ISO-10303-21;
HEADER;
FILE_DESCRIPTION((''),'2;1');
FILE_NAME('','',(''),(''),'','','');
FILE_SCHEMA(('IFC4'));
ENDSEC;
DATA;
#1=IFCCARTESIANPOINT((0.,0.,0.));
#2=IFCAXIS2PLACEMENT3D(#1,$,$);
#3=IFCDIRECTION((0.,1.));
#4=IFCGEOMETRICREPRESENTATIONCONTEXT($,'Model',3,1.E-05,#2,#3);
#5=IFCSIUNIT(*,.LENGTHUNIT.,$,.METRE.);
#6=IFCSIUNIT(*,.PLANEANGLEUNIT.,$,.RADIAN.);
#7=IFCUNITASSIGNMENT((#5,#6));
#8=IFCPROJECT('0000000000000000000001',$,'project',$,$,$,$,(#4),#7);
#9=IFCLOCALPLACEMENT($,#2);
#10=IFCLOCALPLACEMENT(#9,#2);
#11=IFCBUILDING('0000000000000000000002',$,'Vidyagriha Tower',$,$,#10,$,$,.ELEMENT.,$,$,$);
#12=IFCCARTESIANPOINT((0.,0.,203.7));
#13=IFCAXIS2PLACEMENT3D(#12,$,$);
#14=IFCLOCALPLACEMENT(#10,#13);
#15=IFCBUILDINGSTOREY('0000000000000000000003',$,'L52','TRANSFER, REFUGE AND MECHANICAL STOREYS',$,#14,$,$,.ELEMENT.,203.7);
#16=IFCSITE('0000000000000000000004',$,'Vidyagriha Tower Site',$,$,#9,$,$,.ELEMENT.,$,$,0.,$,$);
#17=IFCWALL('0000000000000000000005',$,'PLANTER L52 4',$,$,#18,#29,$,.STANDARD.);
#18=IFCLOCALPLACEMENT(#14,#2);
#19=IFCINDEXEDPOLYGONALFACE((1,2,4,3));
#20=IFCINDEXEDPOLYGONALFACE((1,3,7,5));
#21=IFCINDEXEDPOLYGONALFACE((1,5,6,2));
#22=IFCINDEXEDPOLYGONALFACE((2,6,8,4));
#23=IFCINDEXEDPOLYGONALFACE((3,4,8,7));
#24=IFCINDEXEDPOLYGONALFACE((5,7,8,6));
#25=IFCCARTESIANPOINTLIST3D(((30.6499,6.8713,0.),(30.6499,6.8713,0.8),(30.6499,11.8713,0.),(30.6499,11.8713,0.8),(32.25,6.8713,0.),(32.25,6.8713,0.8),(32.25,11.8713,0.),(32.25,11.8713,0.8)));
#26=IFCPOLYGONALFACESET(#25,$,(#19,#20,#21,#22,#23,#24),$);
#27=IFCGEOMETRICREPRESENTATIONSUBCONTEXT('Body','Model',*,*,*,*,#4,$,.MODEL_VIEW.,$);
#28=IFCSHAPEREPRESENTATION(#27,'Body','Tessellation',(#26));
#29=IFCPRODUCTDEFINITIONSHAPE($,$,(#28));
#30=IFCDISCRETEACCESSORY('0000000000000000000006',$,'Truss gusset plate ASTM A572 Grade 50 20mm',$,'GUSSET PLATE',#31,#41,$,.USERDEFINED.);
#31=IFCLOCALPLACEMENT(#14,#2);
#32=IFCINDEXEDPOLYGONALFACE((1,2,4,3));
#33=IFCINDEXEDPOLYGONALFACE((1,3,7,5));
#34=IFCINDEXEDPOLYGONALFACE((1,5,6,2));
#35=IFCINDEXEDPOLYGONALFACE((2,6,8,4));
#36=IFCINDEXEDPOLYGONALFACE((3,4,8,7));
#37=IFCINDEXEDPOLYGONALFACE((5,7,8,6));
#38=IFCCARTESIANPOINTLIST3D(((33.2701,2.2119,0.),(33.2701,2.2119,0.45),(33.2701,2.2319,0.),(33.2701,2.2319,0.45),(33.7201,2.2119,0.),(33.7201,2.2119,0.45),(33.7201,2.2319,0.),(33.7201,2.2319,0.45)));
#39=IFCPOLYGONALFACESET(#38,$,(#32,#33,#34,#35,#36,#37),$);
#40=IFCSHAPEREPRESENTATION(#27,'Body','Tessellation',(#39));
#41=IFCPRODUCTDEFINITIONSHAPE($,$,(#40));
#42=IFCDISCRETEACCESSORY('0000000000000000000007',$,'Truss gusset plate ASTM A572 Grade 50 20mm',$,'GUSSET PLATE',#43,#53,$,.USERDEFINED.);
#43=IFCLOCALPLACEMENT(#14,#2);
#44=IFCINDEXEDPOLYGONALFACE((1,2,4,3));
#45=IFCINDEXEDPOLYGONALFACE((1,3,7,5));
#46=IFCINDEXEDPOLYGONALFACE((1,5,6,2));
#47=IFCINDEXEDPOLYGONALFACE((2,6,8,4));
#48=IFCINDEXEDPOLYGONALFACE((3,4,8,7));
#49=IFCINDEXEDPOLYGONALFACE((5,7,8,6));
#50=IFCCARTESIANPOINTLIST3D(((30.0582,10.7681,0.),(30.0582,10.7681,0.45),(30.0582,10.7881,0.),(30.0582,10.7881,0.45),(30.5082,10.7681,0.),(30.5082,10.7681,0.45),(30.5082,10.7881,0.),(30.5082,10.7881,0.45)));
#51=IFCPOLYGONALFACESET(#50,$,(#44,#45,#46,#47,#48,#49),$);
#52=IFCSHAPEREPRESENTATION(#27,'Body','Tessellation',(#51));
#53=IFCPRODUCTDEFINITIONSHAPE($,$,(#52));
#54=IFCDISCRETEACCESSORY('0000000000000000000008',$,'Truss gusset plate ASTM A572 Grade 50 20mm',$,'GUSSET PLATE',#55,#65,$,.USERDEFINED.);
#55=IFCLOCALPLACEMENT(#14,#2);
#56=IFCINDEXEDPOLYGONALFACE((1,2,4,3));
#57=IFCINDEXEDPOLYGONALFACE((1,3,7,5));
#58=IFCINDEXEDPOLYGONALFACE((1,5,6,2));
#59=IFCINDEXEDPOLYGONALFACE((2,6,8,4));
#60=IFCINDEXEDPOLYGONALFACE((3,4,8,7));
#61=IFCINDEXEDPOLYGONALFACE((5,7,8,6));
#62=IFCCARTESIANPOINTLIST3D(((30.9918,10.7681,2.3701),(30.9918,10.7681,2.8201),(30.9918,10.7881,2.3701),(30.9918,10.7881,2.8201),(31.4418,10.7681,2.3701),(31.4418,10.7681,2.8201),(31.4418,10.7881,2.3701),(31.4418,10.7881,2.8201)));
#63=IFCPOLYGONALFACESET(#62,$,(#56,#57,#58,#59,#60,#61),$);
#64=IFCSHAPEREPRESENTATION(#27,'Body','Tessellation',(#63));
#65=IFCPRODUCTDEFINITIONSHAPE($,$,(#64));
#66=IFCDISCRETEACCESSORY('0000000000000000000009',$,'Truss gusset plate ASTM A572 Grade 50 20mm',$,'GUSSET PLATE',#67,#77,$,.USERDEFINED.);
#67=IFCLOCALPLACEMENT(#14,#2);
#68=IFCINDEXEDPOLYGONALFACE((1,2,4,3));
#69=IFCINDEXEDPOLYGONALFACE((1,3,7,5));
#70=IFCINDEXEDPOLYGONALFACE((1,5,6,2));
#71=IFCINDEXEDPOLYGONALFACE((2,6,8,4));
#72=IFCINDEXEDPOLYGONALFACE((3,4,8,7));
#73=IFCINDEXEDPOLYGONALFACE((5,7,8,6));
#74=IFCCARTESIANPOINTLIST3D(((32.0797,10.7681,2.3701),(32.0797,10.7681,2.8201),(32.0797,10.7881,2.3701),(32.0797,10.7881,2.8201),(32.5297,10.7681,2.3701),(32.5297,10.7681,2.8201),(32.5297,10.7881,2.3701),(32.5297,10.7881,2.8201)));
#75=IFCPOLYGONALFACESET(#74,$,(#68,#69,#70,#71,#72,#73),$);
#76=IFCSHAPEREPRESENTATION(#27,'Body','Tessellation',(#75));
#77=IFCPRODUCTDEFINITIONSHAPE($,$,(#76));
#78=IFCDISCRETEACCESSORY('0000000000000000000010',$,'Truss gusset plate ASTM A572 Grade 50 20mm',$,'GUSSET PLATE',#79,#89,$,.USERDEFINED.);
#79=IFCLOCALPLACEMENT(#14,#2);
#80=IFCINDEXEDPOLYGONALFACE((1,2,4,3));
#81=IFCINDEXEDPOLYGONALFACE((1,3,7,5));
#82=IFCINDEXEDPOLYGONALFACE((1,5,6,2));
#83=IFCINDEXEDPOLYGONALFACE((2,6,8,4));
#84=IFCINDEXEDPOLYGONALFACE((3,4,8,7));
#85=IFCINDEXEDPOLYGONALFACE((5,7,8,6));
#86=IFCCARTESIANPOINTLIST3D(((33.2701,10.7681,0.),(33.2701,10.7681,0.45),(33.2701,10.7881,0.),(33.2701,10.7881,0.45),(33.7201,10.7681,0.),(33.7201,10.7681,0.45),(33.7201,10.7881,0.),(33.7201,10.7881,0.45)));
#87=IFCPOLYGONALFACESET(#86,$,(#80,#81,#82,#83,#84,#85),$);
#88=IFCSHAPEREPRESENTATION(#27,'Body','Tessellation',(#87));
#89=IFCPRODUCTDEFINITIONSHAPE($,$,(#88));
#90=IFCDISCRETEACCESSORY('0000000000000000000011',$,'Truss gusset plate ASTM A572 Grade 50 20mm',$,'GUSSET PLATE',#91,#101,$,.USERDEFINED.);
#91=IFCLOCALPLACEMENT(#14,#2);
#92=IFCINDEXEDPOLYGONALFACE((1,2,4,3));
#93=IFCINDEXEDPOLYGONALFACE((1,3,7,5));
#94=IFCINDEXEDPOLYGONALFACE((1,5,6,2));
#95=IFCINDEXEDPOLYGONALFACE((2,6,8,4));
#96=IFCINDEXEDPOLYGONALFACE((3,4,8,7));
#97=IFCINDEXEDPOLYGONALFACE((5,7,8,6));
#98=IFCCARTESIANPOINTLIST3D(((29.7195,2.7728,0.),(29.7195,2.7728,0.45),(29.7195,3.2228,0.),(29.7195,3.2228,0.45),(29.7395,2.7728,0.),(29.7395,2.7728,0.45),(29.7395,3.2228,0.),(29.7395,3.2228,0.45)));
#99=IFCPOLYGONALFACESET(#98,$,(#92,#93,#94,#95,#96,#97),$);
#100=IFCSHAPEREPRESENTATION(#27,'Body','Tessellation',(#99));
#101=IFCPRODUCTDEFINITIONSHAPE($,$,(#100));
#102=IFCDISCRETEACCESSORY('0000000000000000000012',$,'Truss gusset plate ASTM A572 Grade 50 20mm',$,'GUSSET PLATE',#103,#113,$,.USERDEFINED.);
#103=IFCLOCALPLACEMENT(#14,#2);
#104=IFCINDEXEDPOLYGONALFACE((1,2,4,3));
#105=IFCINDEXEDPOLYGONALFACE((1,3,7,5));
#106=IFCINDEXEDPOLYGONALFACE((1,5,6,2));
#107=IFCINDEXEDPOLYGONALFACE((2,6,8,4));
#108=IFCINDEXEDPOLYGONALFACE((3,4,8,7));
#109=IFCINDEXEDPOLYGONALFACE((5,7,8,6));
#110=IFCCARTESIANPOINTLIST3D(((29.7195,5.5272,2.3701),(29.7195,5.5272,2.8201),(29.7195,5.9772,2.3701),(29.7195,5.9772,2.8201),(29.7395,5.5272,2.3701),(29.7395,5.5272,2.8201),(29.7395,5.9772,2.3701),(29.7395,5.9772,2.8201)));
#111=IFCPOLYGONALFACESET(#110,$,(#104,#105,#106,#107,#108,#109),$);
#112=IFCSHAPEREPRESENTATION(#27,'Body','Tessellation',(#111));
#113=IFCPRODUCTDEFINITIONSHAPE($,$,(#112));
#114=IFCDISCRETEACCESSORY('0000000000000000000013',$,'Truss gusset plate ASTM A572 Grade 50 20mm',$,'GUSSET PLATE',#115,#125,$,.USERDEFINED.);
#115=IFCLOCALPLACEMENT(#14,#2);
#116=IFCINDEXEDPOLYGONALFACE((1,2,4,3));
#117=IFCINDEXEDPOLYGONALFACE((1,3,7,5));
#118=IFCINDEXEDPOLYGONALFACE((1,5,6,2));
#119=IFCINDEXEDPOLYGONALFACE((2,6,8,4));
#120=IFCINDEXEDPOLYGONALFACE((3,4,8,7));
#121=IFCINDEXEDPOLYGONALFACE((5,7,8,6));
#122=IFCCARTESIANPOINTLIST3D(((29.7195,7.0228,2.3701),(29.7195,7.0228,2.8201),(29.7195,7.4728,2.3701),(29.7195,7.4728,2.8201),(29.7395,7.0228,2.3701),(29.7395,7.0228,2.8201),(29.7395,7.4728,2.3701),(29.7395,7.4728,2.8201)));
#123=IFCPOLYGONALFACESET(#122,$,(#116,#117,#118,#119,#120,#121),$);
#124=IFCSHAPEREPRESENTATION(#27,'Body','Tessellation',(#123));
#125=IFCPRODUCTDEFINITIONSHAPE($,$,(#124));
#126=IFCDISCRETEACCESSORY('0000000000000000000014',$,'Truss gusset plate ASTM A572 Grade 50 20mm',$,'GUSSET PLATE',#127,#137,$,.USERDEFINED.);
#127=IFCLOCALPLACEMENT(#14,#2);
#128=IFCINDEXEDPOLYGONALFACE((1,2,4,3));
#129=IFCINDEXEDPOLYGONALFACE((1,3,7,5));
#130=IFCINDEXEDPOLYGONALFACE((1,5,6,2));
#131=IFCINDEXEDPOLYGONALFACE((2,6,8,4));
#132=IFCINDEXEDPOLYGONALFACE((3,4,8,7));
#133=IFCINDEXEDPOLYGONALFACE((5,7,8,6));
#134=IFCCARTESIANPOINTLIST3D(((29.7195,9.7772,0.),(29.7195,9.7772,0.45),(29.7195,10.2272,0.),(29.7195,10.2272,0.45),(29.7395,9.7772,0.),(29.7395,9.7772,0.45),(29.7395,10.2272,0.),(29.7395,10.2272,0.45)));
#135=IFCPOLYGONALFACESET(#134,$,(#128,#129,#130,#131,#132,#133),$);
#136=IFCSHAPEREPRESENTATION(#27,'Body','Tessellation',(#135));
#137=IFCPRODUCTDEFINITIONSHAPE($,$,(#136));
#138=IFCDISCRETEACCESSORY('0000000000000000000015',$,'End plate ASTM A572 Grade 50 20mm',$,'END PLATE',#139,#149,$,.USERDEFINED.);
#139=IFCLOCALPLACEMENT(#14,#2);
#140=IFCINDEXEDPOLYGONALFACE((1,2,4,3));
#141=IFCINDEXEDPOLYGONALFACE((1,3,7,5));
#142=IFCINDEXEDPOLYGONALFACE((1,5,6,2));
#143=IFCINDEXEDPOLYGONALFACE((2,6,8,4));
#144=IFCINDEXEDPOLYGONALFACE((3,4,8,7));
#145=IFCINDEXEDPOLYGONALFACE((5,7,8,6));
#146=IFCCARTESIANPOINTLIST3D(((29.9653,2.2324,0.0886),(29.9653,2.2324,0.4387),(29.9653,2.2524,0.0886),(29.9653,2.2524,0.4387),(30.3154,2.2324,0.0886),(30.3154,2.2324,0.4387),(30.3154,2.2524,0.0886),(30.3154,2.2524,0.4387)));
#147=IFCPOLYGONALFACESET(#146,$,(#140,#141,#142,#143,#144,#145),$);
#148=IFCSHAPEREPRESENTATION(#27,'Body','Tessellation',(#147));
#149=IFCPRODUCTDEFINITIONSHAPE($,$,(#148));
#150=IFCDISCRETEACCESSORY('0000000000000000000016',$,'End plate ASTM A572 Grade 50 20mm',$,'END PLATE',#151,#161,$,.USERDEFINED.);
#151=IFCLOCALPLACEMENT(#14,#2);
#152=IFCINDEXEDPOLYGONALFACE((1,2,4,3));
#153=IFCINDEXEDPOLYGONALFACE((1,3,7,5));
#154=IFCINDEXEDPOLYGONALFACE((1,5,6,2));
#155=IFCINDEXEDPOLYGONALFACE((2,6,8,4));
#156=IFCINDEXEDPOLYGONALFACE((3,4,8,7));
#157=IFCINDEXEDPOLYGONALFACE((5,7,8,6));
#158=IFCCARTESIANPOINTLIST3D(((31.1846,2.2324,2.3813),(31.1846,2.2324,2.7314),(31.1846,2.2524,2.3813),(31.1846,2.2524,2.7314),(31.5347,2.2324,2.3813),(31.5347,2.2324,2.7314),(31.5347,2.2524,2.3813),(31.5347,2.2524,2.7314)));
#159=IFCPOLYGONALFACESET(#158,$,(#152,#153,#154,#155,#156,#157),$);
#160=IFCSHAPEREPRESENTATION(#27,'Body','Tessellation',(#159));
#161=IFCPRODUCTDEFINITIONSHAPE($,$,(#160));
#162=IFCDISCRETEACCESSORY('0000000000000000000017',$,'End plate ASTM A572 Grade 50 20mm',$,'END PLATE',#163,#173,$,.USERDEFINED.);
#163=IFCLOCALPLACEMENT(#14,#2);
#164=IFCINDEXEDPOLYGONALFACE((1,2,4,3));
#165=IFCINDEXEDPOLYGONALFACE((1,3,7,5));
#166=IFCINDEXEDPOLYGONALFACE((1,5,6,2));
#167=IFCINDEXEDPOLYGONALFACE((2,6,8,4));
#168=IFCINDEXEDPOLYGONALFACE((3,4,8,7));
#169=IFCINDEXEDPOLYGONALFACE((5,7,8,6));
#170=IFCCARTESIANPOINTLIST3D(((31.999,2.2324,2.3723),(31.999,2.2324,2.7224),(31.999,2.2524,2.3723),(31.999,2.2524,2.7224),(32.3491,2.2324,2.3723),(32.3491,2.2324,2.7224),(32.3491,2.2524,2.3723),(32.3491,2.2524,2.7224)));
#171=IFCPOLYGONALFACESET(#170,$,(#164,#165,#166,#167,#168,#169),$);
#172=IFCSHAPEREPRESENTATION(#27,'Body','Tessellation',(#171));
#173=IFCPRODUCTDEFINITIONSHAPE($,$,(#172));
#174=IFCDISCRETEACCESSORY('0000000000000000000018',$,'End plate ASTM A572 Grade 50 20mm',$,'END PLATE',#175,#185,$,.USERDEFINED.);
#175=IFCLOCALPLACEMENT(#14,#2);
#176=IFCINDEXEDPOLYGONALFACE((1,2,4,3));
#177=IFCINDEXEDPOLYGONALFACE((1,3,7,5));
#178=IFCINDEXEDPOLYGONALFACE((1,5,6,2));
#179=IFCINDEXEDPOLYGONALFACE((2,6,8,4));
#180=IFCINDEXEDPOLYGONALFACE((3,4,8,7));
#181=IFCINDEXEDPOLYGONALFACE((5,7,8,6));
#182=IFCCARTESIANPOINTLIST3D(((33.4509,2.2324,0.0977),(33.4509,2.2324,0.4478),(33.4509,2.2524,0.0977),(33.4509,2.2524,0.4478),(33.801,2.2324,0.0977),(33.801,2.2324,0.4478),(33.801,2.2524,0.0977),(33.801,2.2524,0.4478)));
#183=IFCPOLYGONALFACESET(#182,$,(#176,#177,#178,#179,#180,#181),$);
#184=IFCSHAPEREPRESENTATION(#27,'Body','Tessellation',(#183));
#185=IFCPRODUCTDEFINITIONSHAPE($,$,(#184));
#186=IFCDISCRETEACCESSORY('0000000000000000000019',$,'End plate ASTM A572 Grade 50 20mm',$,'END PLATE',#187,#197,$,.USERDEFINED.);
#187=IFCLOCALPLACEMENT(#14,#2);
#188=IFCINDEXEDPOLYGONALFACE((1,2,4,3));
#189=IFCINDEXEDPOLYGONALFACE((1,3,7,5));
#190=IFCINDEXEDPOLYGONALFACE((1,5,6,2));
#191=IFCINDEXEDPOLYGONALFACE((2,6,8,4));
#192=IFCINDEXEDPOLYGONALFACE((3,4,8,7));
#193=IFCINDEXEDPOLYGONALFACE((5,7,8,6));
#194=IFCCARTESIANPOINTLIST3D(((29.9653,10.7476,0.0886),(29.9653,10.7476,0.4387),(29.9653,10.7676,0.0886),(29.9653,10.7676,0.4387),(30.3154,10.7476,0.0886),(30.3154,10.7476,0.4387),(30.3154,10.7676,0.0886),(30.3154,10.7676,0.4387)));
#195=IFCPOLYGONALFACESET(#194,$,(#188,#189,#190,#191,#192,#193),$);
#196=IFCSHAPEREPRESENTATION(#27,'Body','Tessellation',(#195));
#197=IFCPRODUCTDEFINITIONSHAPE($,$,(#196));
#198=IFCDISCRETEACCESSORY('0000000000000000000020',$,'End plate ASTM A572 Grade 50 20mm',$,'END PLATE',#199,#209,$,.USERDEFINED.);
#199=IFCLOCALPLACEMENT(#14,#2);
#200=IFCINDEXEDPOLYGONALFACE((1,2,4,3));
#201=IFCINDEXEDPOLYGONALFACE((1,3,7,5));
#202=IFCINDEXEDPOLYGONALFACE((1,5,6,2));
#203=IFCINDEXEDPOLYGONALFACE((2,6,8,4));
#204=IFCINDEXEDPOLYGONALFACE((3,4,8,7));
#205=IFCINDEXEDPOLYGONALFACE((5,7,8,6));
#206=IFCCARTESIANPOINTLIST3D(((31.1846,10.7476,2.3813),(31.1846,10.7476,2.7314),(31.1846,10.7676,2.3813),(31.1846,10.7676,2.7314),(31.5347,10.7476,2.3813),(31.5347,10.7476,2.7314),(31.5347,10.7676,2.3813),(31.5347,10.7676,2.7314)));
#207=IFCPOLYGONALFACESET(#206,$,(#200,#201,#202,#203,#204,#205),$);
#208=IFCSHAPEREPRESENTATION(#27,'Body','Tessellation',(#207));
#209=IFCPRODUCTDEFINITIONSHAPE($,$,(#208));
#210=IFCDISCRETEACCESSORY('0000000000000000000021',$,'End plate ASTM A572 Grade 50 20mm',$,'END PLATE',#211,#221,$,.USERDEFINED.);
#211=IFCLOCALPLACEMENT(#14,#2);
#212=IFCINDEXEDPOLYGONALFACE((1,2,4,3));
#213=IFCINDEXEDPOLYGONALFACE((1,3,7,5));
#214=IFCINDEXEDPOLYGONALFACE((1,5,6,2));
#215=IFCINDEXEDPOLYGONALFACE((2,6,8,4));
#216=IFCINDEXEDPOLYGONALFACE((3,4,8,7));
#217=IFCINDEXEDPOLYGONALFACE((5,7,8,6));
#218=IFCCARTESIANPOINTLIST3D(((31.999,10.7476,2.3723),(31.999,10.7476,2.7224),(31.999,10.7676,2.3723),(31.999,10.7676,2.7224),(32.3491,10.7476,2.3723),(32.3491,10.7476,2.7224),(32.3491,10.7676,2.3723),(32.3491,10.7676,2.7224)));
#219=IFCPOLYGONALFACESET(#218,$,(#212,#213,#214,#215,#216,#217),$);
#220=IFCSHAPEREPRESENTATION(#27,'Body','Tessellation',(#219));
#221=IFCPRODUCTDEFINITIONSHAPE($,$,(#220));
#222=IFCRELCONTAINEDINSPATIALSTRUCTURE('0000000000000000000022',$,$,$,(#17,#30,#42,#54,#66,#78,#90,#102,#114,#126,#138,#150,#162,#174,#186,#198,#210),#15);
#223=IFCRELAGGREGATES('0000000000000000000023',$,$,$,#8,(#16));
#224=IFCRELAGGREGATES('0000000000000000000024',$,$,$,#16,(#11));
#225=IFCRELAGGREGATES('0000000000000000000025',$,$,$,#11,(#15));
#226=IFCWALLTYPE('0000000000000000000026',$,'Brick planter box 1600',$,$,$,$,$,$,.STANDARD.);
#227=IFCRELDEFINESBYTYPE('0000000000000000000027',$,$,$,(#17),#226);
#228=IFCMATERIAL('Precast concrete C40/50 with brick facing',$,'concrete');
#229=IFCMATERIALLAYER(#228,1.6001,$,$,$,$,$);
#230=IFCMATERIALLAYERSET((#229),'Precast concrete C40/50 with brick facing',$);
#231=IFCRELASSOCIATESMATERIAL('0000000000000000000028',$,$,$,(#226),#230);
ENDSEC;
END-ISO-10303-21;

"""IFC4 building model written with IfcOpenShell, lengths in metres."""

from ifc_helpers import new_model, si_unit, direction, frame, frame_2d, origin, origin_2d, place, context, subcontext, project, spatial, rectangle, extrude, material, layer, layer_set, type_object, element, save


model = new_model("IFC4")

# Units and contexts
model_context = context("Model", 3, precision=1e-05, world=origin(), true_north=direction((0.0, 1.0)))
body_context = subcontext(model_context, "Body", "Model", "MODEL_VIEW")
ifc_project = project(units=[si_unit("LENGTHUNIT", "METRE"), si_unit("PLANEANGLEUNIT", "RADIAN")], contexts=[model_context])

# Site, building, storey
site_placement = place(None, origin())
site = spatial("IfcSite", under=ifc_project, at=site_placement, Name="Vidyagriha Tower Site", CompositionType="ELEMENT", RefElevation=0.0)
building_placement = place(site_placement, origin())
building = spatial("IfcBuilding", under=site, at=building_placement, Name="Vidyagriha Tower", CompositionType="ELEMENT")
storey_placement = place(building_placement, frame((0.0, 0.0, 203.7)))
storey = spatial("IfcBuildingStorey", under=building, at=storey_placement, Name="L52", Description="TRANSFER, REFUGE AND MECHANICAL STOREYS", CompositionType="ELEMENT", Elevation=203.7)

# Wall
ifc_material = material(Name="Precast concrete C40/50 with brick facing", Category="concrete")
ifc_layer = layer(ifc_material, 1.6001)
ifc_layer_set = layer_set([ifc_layer], Name="Precast concrete C40/50 with brick facing")
wall_type = type_object("IfcWallType", Name="Brick planter box 1600", PredefinedType="STANDARD", material=ifc_layer_set)
wall_placement = place(storey_placement, frame((31.45, 6.8713, 0.0), z_axis=(0.0, 0.0, 1.0), x_axis=(0.0, 1.0, 0.0)))
element("IfcWall", 1, at=wall_placement, inside=storey, type_object=wall_type, Name="PLANTER L52 4", PredefinedType="STANDARD", context=body_context, shape_type="SweptSolid", body=[
    extrude(rectangle(XDim=5.0, YDim=1.6001, at=frame_2d((2.5, 0.0))), origin(), (0.0, 0.0, 1.0), 0.8),
])

# Discrete accessories
for number, where, name in (
    (2, (33.4951, 2.2219, 0.0), "Truss gusset plate ASTM A572 Grade 50 20mm"),
    (3, (30.2832, 10.7781, 0.0), "Truss gusset plate ASTM A572 Grade 50 20mm"),
    (4, (31.2168, 10.7781, 2.3701), "Truss gusset plate ASTM A572 Grade 50 20mm"),
    (5, (32.3047, 10.7781, 2.3701), "Truss gusset plate ASTM A572 Grade 50 20mm"),
    (6, (33.4951, 10.7781, 0.0), "Truss gusset plate ASTM A572 Grade 50 20mm"),
):
    element("IfcDiscreteAccessory", number, at=place(storey_placement, frame(where)), inside=storey, Name=name, ObjectType="GUSSET PLATE", PredefinedType="USERDEFINED", context=body_context, shape_type="SweptSolid", body=[
        extrude(rectangle(XDim=0.45, YDim=0.02, at=origin_2d()), origin(), (0.0, 0.0, 1.0), 0.45),
    ])
for number, where, z_axis, x_axis, name in (
    (7, (29.7295, 2.9978, 0.0), (0.0, 0.0, 1.0), (0.0, 1.0, 0.0), "Truss gusset plate ASTM A572 Grade 50 20mm"),
    (8, (29.7295, 5.7522, 2.3701), (0.0, 0.0, 1.0), (0.0, 1.0, 0.0), "Truss gusset plate ASTM A572 Grade 50 20mm"),
    (9, (29.7295, 7.2478, 2.3701), (0.0, 0.0, 1.0), (0.0, 1.0, 0.0), "Truss gusset plate ASTM A572 Grade 50 20mm"),
    (10, (29.7295, 10.0022, 0.0), (0.0, 0.0, 1.0), (0.0, 1.0, 0.0), "Truss gusset plate ASTM A572 Grade 50 20mm"),
):
    element("IfcDiscreteAccessory", number, at=place(storey_placement, frame(where, z_axis=z_axis, x_axis=x_axis)), inside=storey, Name=name, ObjectType="GUSSET PLATE", PredefinedType="USERDEFINED", context=body_context, shape_type="SweptSolid", body=[
        extrude(rectangle(XDim=0.45, YDim=0.02, at=origin_2d()), origin(), (0.0, 0.0, 1.0), 0.45),
    ])
discrete_accessory_1_placement = place(storey_placement, frame((30.1404, 2.2424, 0.0886), z_axis=(0.0, 0.0, 1.0), x_axis=(-1.0, 0.0, 0.0)))
element("IfcDiscreteAccessory", 11, at=discrete_accessory_1_placement, inside=storey, Name="End plate ASTM A572 Grade 50 20mm", ObjectType="END PLATE", PredefinedType="USERDEFINED", context=body_context, shape_type="SweptSolid", body=[
    extrude(rectangle(XDim=0.3501, YDim=0.02, at=origin_2d()), origin(), (0.0, 0.0, 1.0), 0.3501),
])
discrete_accessory_2_placement = place(storey_placement, frame((31.3596, 2.2424, 2.3813)))
element("IfcDiscreteAccessory", 12, at=discrete_accessory_2_placement, inside=storey, Name="End plate ASTM A572 Grade 50 20mm", ObjectType="END PLATE", PredefinedType="USERDEFINED", context=body_context, shape_type="SweptSolid", body=[
    extrude(rectangle(XDim=0.3501, YDim=0.02, at=origin_2d()), origin(), (0.0, 0.0, 1.0), 0.3501),
])
discrete_accessory_3_placement = place(storey_placement, frame((32.1741, 2.2424, 2.3723), z_axis=(0.0, 0.0, 1.0), x_axis=(-1.0, 0.0, 0.0)))
element("IfcDiscreteAccessory", 13, at=discrete_accessory_3_placement, inside=storey, Name="End plate ASTM A572 Grade 50 20mm", ObjectType="END PLATE", PredefinedType="USERDEFINED", context=body_context, shape_type="SweptSolid", body=[
    extrude(rectangle(XDim=0.3501, YDim=0.02, at=origin_2d()), origin(), (0.0, 0.0, 1.0), 0.3501),
])
discrete_accessory_4_placement = place(storey_placement, frame((33.626, 2.2424, 0.0977)))
element("IfcDiscreteAccessory", 14, at=discrete_accessory_4_placement, inside=storey, Name="End plate ASTM A572 Grade 50 20mm", ObjectType="END PLATE", PredefinedType="USERDEFINED", context=body_context, shape_type="SweptSolid", body=[
    extrude(rectangle(XDim=0.3501, YDim=0.02, at=origin_2d()), origin(), (0.0, 0.0, 1.0), 0.3501),
])
discrete_accessory_5_placement = place(storey_placement, frame((30.1404, 10.7576, 0.0886), z_axis=(0.0, 0.0, 1.0), x_axis=(-1.0, 0.0, 0.0)))
element("IfcDiscreteAccessory", 15, at=discrete_accessory_5_placement, inside=storey, Name="End plate ASTM A572 Grade 50 20mm", ObjectType="END PLATE", PredefinedType="USERDEFINED", context=body_context, shape_type="SweptSolid", body=[
    extrude(rectangle(XDim=0.3501, YDim=0.02, at=origin_2d()), origin(), (0.0, 0.0, 1.0), 0.3501),
])
discrete_accessory_6_placement = place(storey_placement, frame((31.3596, 10.7576, 2.3813)))
element("IfcDiscreteAccessory", 16, at=discrete_accessory_6_placement, inside=storey, Name="End plate ASTM A572 Grade 50 20mm", ObjectType="END PLATE", PredefinedType="USERDEFINED", context=body_context, shape_type="SweptSolid", body=[
    extrude(rectangle(XDim=0.3501, YDim=0.02, at=origin_2d()), origin(), (0.0, 0.0, 1.0), 0.3501),
])
discrete_accessory_7_placement = place(storey_placement, frame((32.1741, 10.7576, 2.3723), z_axis=(0.0, 0.0, 1.0), x_axis=(-1.0, 0.0, 0.0)))
element("IfcDiscreteAccessory", 17, at=discrete_accessory_7_placement, inside=storey, Name="End plate ASTM A572 Grade 50 20mm", ObjectType="END PLATE", PredefinedType="USERDEFINED", context=body_context, shape_type="SweptSolid", body=[
    extrude(rectangle(XDim=0.3501, YDim=0.02, at=origin_2d()), origin(), (0.0, 0.0, 1.0), 0.3501),
])

save(model, "model.ifc")
